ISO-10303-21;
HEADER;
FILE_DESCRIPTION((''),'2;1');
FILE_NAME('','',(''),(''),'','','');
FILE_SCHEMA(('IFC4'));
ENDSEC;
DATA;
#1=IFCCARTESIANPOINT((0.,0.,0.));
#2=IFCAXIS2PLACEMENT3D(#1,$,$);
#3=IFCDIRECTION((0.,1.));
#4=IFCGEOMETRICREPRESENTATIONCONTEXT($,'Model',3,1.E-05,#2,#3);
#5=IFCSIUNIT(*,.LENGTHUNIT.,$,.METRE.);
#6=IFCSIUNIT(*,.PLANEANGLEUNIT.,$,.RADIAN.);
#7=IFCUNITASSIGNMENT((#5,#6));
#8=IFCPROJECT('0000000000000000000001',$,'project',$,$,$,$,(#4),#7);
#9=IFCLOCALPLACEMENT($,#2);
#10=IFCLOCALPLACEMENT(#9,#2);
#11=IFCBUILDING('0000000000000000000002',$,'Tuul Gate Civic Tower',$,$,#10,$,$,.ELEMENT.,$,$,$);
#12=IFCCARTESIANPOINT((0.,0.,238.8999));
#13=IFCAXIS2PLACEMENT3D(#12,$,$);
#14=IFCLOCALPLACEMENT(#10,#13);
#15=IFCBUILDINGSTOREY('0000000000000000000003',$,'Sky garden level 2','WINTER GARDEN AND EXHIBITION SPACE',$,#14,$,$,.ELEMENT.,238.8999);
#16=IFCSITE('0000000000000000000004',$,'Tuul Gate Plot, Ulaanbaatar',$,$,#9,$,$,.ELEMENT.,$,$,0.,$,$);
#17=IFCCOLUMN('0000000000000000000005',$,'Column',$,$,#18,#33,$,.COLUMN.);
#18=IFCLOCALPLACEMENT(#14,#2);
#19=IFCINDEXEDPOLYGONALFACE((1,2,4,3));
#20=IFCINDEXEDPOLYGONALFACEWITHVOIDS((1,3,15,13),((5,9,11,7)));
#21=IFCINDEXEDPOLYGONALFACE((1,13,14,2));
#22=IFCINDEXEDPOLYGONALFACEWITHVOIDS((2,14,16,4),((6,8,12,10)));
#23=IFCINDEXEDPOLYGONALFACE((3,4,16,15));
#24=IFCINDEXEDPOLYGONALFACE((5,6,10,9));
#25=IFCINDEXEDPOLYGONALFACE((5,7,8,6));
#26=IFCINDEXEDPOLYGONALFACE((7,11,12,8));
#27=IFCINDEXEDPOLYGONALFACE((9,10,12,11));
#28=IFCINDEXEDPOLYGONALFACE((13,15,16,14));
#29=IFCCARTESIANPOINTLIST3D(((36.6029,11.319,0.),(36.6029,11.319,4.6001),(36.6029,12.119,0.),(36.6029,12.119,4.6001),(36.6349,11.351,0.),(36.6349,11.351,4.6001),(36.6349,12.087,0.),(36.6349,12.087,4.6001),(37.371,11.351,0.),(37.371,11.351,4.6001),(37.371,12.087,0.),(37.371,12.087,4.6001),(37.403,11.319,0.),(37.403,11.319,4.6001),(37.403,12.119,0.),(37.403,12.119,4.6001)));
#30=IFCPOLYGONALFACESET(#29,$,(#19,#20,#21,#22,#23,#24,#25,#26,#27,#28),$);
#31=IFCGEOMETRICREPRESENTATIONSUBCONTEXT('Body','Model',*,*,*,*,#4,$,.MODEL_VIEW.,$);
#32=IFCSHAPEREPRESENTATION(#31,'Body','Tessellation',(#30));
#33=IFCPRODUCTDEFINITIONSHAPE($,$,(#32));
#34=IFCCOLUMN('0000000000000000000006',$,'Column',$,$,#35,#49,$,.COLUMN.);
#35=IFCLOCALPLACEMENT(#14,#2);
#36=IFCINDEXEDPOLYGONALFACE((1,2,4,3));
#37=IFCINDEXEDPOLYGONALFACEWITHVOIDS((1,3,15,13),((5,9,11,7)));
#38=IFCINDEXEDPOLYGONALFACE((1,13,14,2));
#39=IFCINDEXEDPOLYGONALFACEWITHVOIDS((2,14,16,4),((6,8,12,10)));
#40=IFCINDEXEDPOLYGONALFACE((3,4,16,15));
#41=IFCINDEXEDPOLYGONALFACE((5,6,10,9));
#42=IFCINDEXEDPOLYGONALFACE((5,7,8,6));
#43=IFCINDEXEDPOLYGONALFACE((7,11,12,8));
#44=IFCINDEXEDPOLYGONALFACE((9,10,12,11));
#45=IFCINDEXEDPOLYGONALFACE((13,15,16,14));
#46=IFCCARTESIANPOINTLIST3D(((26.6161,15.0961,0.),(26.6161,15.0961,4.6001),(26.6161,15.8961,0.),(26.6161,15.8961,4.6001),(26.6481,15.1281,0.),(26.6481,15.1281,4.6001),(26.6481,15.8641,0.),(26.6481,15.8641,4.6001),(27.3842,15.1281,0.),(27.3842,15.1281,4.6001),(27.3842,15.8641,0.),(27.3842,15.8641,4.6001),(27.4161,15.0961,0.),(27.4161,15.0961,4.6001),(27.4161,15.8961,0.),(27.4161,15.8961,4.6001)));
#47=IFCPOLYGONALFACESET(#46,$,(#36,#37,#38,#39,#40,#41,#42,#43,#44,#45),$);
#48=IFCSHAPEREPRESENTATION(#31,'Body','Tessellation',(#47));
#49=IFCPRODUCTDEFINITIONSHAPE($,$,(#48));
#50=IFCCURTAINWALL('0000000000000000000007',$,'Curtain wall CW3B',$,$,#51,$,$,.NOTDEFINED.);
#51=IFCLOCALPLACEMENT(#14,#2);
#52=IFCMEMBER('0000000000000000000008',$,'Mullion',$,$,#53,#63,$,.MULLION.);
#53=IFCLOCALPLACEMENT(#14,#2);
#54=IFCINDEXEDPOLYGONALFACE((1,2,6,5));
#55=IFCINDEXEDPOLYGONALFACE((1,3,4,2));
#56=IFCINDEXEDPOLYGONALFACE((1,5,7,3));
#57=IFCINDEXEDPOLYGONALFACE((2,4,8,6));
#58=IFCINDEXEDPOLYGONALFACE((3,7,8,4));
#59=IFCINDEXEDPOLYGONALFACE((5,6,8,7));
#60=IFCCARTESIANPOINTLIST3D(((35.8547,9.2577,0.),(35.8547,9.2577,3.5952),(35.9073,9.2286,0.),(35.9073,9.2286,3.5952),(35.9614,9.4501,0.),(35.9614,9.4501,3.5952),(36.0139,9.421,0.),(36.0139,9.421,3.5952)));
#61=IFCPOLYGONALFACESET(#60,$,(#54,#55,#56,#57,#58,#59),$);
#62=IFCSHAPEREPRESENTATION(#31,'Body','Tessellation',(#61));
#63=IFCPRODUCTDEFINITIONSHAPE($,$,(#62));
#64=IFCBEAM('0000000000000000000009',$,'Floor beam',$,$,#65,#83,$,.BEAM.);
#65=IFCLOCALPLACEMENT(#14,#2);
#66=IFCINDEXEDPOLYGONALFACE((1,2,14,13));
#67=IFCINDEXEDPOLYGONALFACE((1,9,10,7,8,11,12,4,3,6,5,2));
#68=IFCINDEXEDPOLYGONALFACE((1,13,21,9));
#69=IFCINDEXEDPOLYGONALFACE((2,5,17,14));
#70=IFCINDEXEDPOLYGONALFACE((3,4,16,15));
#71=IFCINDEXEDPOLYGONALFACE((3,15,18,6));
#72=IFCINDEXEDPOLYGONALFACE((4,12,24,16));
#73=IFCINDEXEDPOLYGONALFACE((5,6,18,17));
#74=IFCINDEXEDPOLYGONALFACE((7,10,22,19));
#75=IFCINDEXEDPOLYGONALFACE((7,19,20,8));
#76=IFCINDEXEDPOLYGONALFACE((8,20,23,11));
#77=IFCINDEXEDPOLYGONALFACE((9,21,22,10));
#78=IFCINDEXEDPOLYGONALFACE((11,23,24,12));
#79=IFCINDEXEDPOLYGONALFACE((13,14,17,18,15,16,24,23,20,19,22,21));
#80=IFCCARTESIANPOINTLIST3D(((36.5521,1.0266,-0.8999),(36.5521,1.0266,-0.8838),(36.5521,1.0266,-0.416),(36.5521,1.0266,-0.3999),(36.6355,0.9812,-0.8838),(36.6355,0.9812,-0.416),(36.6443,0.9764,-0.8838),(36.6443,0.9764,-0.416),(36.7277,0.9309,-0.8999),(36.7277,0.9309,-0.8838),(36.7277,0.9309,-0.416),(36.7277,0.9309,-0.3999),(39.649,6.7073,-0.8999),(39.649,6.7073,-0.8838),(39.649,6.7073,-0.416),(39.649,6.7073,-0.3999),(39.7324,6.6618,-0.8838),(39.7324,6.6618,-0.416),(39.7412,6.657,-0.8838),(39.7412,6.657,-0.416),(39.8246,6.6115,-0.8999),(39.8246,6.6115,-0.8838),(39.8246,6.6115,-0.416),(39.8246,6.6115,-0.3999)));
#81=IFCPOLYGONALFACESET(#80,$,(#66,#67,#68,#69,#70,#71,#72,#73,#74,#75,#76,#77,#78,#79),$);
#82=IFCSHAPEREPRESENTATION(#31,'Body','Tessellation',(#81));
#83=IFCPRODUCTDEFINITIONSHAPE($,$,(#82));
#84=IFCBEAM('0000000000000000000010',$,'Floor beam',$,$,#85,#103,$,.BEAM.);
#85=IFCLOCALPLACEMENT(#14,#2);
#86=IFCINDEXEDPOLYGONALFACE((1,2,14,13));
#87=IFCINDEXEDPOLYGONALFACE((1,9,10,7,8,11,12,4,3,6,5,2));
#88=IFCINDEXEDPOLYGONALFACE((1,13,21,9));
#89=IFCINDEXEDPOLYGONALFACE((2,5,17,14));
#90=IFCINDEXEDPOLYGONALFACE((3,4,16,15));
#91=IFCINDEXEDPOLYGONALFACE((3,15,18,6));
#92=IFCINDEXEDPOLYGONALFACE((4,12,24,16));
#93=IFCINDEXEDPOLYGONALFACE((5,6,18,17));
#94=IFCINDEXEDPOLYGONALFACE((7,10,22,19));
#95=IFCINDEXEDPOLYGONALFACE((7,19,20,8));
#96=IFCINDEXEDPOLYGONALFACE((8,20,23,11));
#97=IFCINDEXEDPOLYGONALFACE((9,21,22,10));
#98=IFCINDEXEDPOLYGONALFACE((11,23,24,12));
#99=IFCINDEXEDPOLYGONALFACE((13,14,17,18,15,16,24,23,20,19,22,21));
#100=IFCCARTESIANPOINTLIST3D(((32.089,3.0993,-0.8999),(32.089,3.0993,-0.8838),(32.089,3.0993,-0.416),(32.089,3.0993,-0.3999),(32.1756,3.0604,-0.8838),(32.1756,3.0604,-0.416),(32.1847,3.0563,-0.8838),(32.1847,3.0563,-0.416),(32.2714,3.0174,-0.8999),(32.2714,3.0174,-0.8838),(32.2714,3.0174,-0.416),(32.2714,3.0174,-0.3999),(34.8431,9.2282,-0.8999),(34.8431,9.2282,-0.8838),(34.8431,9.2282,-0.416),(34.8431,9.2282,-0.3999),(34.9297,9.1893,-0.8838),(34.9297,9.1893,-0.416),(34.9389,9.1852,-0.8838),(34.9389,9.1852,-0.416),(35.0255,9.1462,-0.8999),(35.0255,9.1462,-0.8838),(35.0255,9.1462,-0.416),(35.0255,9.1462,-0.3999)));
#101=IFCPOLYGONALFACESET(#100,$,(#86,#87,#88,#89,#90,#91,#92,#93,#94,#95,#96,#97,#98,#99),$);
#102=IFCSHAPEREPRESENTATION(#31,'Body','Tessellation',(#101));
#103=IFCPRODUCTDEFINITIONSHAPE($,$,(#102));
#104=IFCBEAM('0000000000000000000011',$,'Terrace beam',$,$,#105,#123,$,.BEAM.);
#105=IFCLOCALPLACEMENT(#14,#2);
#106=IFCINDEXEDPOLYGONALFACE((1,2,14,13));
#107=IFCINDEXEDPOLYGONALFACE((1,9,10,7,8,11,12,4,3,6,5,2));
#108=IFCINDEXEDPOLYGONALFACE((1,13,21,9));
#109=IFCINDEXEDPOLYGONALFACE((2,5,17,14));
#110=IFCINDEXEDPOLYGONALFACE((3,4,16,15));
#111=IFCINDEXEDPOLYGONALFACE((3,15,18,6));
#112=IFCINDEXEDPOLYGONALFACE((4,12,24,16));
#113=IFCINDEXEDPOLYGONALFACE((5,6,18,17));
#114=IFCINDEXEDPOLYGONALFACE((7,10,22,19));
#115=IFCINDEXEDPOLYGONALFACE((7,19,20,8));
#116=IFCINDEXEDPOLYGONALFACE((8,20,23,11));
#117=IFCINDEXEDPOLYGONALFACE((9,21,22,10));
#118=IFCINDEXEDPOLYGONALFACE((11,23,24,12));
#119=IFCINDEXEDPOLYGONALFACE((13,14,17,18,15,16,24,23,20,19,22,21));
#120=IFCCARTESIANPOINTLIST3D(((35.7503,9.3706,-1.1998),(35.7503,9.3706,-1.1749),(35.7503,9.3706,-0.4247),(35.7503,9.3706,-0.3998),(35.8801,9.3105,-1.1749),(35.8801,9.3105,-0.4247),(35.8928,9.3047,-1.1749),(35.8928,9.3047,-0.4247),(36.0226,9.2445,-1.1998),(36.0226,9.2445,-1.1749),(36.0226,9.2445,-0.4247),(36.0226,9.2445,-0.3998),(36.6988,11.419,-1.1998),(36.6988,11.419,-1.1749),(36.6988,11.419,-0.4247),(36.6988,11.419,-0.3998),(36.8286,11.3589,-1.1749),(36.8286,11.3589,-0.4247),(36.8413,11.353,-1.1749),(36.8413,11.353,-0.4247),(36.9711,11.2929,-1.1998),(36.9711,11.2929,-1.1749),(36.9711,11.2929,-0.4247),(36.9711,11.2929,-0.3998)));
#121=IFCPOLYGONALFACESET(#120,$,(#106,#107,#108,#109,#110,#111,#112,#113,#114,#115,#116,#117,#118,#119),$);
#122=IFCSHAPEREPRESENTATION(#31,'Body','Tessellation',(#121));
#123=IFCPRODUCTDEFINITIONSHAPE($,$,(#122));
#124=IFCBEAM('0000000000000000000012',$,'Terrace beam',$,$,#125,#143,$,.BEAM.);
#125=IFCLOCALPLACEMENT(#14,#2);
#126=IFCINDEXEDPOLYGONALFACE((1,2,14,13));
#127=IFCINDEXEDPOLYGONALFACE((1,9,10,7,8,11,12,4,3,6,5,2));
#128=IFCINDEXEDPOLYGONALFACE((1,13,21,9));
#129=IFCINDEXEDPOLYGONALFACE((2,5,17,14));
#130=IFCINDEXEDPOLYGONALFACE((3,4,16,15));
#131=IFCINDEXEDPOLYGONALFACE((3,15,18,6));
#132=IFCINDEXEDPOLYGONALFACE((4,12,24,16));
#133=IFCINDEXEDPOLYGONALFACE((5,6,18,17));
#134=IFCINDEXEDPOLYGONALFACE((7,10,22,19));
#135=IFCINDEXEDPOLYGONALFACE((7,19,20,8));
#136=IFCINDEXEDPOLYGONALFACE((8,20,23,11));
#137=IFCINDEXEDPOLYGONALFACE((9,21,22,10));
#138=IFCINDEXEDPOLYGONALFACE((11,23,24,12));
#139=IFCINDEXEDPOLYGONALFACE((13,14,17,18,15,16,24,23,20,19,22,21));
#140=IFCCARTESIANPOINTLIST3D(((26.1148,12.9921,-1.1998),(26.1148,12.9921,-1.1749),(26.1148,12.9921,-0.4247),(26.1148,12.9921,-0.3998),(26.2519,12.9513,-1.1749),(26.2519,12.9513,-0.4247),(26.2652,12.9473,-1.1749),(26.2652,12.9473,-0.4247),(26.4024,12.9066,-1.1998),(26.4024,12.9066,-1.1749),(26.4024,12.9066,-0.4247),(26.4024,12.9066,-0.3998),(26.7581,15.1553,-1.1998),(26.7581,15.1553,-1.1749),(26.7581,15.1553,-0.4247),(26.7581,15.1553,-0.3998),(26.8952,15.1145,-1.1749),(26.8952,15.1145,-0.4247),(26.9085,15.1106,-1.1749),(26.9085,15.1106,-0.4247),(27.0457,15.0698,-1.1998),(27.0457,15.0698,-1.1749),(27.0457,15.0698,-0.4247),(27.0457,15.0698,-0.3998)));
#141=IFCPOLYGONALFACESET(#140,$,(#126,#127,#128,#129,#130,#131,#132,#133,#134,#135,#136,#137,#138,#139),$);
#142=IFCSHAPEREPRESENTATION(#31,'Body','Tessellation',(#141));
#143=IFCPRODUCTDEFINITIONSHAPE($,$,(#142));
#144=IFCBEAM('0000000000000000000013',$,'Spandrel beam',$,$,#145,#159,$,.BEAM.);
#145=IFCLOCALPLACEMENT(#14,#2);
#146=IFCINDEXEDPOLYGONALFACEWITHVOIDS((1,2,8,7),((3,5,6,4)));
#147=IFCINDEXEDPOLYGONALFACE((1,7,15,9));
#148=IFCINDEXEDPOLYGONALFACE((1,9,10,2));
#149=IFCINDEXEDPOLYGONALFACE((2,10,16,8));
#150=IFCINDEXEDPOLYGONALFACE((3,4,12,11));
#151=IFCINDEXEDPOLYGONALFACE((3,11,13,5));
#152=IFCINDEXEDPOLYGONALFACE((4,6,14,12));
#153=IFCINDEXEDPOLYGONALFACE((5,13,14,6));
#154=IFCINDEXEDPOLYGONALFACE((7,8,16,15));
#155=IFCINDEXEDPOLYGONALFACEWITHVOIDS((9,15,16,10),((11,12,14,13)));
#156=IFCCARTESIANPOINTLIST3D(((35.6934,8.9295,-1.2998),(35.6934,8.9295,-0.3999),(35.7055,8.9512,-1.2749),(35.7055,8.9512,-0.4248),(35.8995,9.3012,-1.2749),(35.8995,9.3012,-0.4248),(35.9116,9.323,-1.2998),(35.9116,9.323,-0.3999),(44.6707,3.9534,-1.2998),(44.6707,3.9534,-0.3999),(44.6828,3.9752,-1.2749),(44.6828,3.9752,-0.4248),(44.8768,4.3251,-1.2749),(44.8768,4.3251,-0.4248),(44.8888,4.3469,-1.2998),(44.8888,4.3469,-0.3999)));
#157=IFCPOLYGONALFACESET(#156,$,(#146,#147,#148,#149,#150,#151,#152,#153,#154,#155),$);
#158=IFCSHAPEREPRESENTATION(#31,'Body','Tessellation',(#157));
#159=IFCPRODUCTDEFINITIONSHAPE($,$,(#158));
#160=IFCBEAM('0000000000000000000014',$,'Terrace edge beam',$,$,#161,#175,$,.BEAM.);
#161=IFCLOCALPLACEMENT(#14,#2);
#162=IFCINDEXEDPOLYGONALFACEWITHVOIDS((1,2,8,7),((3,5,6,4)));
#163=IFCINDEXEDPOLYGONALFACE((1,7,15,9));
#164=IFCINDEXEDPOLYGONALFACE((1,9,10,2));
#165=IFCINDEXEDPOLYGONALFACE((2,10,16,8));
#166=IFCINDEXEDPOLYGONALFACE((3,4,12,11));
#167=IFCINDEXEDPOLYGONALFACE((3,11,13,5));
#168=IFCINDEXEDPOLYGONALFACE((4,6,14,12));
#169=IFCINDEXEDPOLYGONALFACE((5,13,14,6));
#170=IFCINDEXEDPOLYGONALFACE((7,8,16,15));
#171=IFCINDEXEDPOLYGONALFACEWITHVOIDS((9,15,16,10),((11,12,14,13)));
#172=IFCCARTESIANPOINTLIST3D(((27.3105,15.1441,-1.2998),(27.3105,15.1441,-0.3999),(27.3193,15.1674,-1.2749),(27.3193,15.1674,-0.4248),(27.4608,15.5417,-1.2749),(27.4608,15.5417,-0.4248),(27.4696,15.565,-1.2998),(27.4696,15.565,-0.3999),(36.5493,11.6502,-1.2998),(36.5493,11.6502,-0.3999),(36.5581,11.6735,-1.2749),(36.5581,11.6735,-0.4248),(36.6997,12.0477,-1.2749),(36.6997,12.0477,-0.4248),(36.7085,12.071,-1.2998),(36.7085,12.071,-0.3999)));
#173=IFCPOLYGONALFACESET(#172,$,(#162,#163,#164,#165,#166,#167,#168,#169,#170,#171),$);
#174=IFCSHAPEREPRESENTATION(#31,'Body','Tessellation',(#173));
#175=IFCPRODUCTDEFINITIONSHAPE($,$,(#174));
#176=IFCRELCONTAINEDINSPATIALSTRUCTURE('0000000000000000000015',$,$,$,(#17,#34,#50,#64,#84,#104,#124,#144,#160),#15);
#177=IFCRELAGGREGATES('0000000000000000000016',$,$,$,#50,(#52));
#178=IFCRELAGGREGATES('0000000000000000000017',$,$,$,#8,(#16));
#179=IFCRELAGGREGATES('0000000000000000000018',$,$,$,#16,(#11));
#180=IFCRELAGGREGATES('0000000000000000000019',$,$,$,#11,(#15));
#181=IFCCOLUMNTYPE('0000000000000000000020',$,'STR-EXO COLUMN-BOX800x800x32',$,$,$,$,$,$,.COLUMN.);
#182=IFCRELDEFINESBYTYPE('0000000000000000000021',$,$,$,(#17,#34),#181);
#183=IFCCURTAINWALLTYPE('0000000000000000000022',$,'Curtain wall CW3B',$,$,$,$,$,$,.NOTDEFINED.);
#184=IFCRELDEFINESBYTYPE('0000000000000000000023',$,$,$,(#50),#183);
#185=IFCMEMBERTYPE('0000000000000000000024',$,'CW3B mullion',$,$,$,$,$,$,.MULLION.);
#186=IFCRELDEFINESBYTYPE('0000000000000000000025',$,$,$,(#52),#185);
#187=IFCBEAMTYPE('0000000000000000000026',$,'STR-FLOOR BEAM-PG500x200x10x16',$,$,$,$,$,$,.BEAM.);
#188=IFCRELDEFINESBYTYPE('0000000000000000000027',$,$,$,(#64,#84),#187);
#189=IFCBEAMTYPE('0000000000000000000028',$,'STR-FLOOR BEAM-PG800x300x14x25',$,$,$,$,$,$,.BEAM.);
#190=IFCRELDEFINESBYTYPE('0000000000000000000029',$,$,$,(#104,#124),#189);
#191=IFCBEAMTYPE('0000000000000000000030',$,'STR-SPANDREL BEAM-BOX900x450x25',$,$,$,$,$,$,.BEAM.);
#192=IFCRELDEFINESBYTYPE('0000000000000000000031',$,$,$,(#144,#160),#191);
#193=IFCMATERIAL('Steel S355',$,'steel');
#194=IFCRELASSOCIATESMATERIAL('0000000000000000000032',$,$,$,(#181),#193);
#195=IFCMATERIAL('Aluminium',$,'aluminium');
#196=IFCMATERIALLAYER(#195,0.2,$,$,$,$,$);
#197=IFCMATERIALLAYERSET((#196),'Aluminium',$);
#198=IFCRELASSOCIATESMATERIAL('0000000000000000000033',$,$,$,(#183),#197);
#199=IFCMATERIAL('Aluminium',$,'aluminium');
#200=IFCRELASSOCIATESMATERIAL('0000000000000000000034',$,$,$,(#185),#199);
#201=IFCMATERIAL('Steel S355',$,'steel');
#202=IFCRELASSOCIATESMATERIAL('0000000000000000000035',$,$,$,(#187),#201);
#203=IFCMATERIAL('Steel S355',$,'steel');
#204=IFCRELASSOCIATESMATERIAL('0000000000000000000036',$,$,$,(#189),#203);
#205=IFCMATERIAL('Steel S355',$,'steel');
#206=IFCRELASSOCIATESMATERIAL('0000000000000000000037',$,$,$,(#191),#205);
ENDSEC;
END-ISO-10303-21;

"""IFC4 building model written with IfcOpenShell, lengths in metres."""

from ifc_helpers import new_model, si_unit, direction, frame, origin, origin_2d, place, context, subcontext, project, spatial, rectangle, hollow_rectangle, i_section, extrude, material, layer, layer_set, material_profile, profile_set, type_object, element, aggregate, save


model = new_model("IFC4")

# Units and contexts
model_context = context("Model", 3, precision=1e-05, world=origin(), true_north=direction((0.0, 1.0)))
body_context = subcontext(model_context, "Body", "Model", "MODEL_VIEW")
ifc_project = project(units=[si_unit("LENGTHUNIT", "METRE"), si_unit("PLANEANGLEUNIT", "RADIAN")], contexts=[model_context])

# Site, building, storey
site_placement = place(None, origin())
site = spatial("IfcSite", under=ifc_project, at=site_placement, Name="Tuul Gate Plot, Ulaanbaatar", CompositionType="ELEMENT", RefElevation=0.0)
building_placement = place(site_placement, origin())
building = spatial("IfcBuilding", under=site, at=building_placement, Name="Tuul Gate Civic Tower", CompositionType="ELEMENT")
storey_placement = place(building_placement, frame((0.0, 0.0, 238.8999)))
storey = spatial("IfcBuildingStorey", under=building, at=storey_placement, Name="Sky garden level 2", Description="WINTER GARDEN AND EXHIBITION SPACE", CompositionType="ELEMENT", Elevation=238.8999)

# Columns
ifc_material_1 = material(Name="Steel S355", Category="steel")
ifc_material_profile_1 = material_profile(ifc_material_1, hollow_rectangle(XDim=0.8, YDim=0.8, WallThickness=0.032, at=origin_2d()), Name="BOX800x800x32")
ifc_profile_set_1 = profile_set([ifc_material_profile_1], Name="Steel S355")
column_type = type_object("IfcColumnType", Name="STR-EXO COLUMN-BOX800x800x32", PredefinedType="COLUMN", material=ifc_profile_set_1)
for number, where, z_axis, x_axis, name in (
    (1, (37.0029, 11.719, 0.0), (0.0, 0.0, 1.0), (1.0, 0.0, 0.0), "Column"),
    (2, (27.0161, 15.4961, 0.0), (0.0, 0.0, 1.0), (1.0, 0.0, 0.0), "Column"),
):
    element("IfcColumn", number, at=place(storey_placement, frame(where, z_axis=z_axis, x_axis=x_axis)), inside=storey, type_object=column_type, Name=name, PredefinedType="COLUMN", context=body_context, shape_type="SweptSolid", body=[
        extrude(hollow_rectangle(XDim=0.8, YDim=0.8, WallThickness=0.032, at=origin_2d()), origin(), (0.0, 0.0, 1.0), 4.6001),
    ])

# Curtain wall, member
ifc_material_2 = material(Name="Aluminium", Category="aluminium")
ifc_layer_1 = layer(ifc_material_2, 0.2)
ifc_layer_set_1 = layer_set([ifc_layer_1], Name="Aluminium")
curtain_wall_type = type_object("IfcCurtainWallType", Name="Curtain wall CW3B", PredefinedType="NOTDEFINED", material=ifc_layer_set_1)
curtain_wall_placement = place(storey_placement, origin())
curtain_wall = element("IfcCurtainWall", 3, at=curtain_wall_placement, inside=storey, type_object=curtain_wall_type, Name="Curtain wall CW3B", PredefinedType="NOTDEFINED")
ifc_material_3 = material(Name="Aluminium", Category="aluminium")
ifc_material_profile_2 = material_profile(ifc_material_3, rectangle(XDim=0.22, YDim=0.0601, at=origin_2d()), Name="CW3B mullion")
ifc_profile_set_2 = profile_set([ifc_material_profile_2], Name="Aluminium")
member_type = type_object("IfcMemberType", Name="CW3B mullion", PredefinedType="MULLION", material=ifc_profile_set_2)
member_placement = place(storey_placement, frame((35.9343, 9.3394, 0.0), z_axis=(0.0, 0.0, 1.0), x_axis=(-0.484827, -0.87461, 0.0)))
member = element("IfcMember", 4, at=member_placement, type_object=member_type, Name="Mullion", PredefinedType="MULLION", context=body_context, shape_type="SweptSolid", body=[
    extrude(rectangle(XDim=0.22, YDim=0.0601, at=origin_2d()), origin(), (0.0, 0.0, 1.0), 3.5952),
])
aggregate(curtain_wall, [member])

# Beams
ifc_material_4 = material(Name="Steel S355", Category="steel")
ifc_material_profile_3 = material_profile(ifc_material_4, i_section(OverallWidth=0.2, OverallDepth=0.5, WebThickness=0.01, FlangeThickness=0.0161, at=origin_2d()), Name="PG500x200x10x16")
ifc_profile_set_3 = profile_set([ifc_material_profile_3], Name="Steel S355")
beam_type_1 = type_object("IfcBeamType", Name="STR-FLOOR BEAM-PG500x200x10x16", PredefinedType="BEAM", material=ifc_profile_set_3)
beam_1_placement = place(storey_placement, frame((36.6399, 0.9788, -0.6499), z_axis=(0.478659, 0.878001, 0.0), x_axis=(-0.878001, 0.478659, 0.0)))
element("IfcBeam", 5, at=beam_1_placement, inside=storey, type_object=beam_type_1, Name="Floor beam", PredefinedType="BEAM", context=body_context, shape_type="SweptSolid", body=[
    extrude(i_section(OverallWidth=0.2, OverallDepth=0.5, WebThickness=0.01, FlangeThickness=0.0161, at=origin_2d()), origin(), (0.0, 0.0, 1.0), 6.47),
])
beam_2_placement = place(storey_placement, frame((32.1802, 3.0583, -0.6499), z_axis=(0.409887, 0.912136, 0.0), x_axis=(-0.912136, 0.409887, 0.0)))
element("IfcBeam", 6, at=beam_2_placement, inside=storey, type_object=beam_type_1, Name="Floor beam", PredefinedType="BEAM", context=body_context, shape_type="SweptSolid", body=[
    extrude(i_section(OverallWidth=0.2, OverallDepth=0.5, WebThickness=0.01, FlangeThickness=0.0161, at=origin_2d()), origin(), (0.0, 0.0, 1.0), 6.7192),
])
ifc_material_5 = material(Name="Steel S355", Category="steel")
ifc_material_profile_4 = material_profile(ifc_material_5, i_section(OverallWidth=0.3, OverallDepth=0.8, WebThickness=0.0139, FlangeThickness=0.0249, at=origin_2d()), Name="PG800x300x14x25")
ifc_profile_set_4 = profile_set([ifc_material_profile_4], Name="Steel S355")
beam_type_2 = type_object("IfcBeamType", Name="STR-FLOOR BEAM-PG800x300x14x25", PredefinedType="BEAM", material=ifc_profile_set_4)
beam_3_placement = place(storey_placement, frame((36.835, 11.356, -0.7998), z_axis=(-0.42019, -0.907436, 0.0), x_axis=(0.907436, -0.42019, 0.0)))
element("IfcBeam", 7, at=beam_3_placement, inside=storey, type_object=beam_type_2, Name="Terrace beam", PredefinedType="BEAM", context=body_context, shape_type="SweptSolid", body=[
    extrude(i_section(OverallWidth=0.3, OverallDepth=0.8, WebThickness=0.0139, FlangeThickness=0.0249, at=origin_2d()), origin(), (0.0, 0.0, 1.0), 2.2573),
])
beam_4_placement = place(storey_placement, frame((26.9019, 15.1125, -0.7998), z_axis=(-0.285035, -0.958517, 0.0), x_axis=(0.958517, -0.285035, 0.0)))
element("IfcBeam", 8, at=beam_4_placement, inside=storey, type_object=beam_type_2, Name="Terrace beam", PredefinedType="BEAM", context=body_context, shape_type="SweptSolid", body=[
    extrude(i_section(OverallWidth=0.3, OverallDepth=0.8, WebThickness=0.0139, FlangeThickness=0.0249, at=origin_2d()), origin(), (0.0, 0.0, 1.0), 2.2568),
])
ifc_material_6 = material(Name="Steel S355", Category="steel")
ifc_material_profile_5 = material_profile(ifc_material_6, hollow_rectangle(XDim=0.45, YDim=0.8999, WallThickness=0.0249, at=origin_2d()), Name="BOX900x450x25")
ifc_profile_set_5 = profile_set([ifc_material_profile_5], Name="Steel S355")
beam_type_3 = type_object("IfcBeamType", Name="STR-SPANDREL BEAM-BOX900x450x25", PredefinedType="BEAM", material=ifc_profile_set_5)
beam_5_placement = place(storey_placement, frame((35.8025, 9.1262, -0.8499), z_axis=(0.874625, -0.484801, 0.0), x_axis=(0.484801, 0.874625, 0.0)))
element("IfcBeam", 9, at=beam_5_placement, inside=storey, type_object=beam_type_3, Name="Spandrel beam", PredefinedType="BEAM", context=body_context, shape_type="SweptSolid", body=[
    extrude(hollow_rectangle(XDim=0.45, YDim=0.8999, WallThickness=0.0249, at=origin_2d()), origin(), (0.0, 0.0, 1.0), 10.2642),
])
beam_6_placement = place(storey_placement, frame((36.6289, 11.8606, -0.8499), z_axis=(-0.935348, 0.353728, 0.0), x_axis=(-0.353728, -0.935348, 0.0)))
element("IfcBeam", 10, at=beam_6_placement, inside=storey, type_object=beam_type_3, Name="Terrace edge beam", PredefinedType="BEAM", context=body_context, shape_type="SweptSolid", body=[
    extrude(hollow_rectangle(XDim=0.45, YDim=0.8999, WallThickness=0.0249, at=origin_2d()), origin(), (0.0, 0.0, 1.0), 9.8774),
])

save(model, "model.ifc")
